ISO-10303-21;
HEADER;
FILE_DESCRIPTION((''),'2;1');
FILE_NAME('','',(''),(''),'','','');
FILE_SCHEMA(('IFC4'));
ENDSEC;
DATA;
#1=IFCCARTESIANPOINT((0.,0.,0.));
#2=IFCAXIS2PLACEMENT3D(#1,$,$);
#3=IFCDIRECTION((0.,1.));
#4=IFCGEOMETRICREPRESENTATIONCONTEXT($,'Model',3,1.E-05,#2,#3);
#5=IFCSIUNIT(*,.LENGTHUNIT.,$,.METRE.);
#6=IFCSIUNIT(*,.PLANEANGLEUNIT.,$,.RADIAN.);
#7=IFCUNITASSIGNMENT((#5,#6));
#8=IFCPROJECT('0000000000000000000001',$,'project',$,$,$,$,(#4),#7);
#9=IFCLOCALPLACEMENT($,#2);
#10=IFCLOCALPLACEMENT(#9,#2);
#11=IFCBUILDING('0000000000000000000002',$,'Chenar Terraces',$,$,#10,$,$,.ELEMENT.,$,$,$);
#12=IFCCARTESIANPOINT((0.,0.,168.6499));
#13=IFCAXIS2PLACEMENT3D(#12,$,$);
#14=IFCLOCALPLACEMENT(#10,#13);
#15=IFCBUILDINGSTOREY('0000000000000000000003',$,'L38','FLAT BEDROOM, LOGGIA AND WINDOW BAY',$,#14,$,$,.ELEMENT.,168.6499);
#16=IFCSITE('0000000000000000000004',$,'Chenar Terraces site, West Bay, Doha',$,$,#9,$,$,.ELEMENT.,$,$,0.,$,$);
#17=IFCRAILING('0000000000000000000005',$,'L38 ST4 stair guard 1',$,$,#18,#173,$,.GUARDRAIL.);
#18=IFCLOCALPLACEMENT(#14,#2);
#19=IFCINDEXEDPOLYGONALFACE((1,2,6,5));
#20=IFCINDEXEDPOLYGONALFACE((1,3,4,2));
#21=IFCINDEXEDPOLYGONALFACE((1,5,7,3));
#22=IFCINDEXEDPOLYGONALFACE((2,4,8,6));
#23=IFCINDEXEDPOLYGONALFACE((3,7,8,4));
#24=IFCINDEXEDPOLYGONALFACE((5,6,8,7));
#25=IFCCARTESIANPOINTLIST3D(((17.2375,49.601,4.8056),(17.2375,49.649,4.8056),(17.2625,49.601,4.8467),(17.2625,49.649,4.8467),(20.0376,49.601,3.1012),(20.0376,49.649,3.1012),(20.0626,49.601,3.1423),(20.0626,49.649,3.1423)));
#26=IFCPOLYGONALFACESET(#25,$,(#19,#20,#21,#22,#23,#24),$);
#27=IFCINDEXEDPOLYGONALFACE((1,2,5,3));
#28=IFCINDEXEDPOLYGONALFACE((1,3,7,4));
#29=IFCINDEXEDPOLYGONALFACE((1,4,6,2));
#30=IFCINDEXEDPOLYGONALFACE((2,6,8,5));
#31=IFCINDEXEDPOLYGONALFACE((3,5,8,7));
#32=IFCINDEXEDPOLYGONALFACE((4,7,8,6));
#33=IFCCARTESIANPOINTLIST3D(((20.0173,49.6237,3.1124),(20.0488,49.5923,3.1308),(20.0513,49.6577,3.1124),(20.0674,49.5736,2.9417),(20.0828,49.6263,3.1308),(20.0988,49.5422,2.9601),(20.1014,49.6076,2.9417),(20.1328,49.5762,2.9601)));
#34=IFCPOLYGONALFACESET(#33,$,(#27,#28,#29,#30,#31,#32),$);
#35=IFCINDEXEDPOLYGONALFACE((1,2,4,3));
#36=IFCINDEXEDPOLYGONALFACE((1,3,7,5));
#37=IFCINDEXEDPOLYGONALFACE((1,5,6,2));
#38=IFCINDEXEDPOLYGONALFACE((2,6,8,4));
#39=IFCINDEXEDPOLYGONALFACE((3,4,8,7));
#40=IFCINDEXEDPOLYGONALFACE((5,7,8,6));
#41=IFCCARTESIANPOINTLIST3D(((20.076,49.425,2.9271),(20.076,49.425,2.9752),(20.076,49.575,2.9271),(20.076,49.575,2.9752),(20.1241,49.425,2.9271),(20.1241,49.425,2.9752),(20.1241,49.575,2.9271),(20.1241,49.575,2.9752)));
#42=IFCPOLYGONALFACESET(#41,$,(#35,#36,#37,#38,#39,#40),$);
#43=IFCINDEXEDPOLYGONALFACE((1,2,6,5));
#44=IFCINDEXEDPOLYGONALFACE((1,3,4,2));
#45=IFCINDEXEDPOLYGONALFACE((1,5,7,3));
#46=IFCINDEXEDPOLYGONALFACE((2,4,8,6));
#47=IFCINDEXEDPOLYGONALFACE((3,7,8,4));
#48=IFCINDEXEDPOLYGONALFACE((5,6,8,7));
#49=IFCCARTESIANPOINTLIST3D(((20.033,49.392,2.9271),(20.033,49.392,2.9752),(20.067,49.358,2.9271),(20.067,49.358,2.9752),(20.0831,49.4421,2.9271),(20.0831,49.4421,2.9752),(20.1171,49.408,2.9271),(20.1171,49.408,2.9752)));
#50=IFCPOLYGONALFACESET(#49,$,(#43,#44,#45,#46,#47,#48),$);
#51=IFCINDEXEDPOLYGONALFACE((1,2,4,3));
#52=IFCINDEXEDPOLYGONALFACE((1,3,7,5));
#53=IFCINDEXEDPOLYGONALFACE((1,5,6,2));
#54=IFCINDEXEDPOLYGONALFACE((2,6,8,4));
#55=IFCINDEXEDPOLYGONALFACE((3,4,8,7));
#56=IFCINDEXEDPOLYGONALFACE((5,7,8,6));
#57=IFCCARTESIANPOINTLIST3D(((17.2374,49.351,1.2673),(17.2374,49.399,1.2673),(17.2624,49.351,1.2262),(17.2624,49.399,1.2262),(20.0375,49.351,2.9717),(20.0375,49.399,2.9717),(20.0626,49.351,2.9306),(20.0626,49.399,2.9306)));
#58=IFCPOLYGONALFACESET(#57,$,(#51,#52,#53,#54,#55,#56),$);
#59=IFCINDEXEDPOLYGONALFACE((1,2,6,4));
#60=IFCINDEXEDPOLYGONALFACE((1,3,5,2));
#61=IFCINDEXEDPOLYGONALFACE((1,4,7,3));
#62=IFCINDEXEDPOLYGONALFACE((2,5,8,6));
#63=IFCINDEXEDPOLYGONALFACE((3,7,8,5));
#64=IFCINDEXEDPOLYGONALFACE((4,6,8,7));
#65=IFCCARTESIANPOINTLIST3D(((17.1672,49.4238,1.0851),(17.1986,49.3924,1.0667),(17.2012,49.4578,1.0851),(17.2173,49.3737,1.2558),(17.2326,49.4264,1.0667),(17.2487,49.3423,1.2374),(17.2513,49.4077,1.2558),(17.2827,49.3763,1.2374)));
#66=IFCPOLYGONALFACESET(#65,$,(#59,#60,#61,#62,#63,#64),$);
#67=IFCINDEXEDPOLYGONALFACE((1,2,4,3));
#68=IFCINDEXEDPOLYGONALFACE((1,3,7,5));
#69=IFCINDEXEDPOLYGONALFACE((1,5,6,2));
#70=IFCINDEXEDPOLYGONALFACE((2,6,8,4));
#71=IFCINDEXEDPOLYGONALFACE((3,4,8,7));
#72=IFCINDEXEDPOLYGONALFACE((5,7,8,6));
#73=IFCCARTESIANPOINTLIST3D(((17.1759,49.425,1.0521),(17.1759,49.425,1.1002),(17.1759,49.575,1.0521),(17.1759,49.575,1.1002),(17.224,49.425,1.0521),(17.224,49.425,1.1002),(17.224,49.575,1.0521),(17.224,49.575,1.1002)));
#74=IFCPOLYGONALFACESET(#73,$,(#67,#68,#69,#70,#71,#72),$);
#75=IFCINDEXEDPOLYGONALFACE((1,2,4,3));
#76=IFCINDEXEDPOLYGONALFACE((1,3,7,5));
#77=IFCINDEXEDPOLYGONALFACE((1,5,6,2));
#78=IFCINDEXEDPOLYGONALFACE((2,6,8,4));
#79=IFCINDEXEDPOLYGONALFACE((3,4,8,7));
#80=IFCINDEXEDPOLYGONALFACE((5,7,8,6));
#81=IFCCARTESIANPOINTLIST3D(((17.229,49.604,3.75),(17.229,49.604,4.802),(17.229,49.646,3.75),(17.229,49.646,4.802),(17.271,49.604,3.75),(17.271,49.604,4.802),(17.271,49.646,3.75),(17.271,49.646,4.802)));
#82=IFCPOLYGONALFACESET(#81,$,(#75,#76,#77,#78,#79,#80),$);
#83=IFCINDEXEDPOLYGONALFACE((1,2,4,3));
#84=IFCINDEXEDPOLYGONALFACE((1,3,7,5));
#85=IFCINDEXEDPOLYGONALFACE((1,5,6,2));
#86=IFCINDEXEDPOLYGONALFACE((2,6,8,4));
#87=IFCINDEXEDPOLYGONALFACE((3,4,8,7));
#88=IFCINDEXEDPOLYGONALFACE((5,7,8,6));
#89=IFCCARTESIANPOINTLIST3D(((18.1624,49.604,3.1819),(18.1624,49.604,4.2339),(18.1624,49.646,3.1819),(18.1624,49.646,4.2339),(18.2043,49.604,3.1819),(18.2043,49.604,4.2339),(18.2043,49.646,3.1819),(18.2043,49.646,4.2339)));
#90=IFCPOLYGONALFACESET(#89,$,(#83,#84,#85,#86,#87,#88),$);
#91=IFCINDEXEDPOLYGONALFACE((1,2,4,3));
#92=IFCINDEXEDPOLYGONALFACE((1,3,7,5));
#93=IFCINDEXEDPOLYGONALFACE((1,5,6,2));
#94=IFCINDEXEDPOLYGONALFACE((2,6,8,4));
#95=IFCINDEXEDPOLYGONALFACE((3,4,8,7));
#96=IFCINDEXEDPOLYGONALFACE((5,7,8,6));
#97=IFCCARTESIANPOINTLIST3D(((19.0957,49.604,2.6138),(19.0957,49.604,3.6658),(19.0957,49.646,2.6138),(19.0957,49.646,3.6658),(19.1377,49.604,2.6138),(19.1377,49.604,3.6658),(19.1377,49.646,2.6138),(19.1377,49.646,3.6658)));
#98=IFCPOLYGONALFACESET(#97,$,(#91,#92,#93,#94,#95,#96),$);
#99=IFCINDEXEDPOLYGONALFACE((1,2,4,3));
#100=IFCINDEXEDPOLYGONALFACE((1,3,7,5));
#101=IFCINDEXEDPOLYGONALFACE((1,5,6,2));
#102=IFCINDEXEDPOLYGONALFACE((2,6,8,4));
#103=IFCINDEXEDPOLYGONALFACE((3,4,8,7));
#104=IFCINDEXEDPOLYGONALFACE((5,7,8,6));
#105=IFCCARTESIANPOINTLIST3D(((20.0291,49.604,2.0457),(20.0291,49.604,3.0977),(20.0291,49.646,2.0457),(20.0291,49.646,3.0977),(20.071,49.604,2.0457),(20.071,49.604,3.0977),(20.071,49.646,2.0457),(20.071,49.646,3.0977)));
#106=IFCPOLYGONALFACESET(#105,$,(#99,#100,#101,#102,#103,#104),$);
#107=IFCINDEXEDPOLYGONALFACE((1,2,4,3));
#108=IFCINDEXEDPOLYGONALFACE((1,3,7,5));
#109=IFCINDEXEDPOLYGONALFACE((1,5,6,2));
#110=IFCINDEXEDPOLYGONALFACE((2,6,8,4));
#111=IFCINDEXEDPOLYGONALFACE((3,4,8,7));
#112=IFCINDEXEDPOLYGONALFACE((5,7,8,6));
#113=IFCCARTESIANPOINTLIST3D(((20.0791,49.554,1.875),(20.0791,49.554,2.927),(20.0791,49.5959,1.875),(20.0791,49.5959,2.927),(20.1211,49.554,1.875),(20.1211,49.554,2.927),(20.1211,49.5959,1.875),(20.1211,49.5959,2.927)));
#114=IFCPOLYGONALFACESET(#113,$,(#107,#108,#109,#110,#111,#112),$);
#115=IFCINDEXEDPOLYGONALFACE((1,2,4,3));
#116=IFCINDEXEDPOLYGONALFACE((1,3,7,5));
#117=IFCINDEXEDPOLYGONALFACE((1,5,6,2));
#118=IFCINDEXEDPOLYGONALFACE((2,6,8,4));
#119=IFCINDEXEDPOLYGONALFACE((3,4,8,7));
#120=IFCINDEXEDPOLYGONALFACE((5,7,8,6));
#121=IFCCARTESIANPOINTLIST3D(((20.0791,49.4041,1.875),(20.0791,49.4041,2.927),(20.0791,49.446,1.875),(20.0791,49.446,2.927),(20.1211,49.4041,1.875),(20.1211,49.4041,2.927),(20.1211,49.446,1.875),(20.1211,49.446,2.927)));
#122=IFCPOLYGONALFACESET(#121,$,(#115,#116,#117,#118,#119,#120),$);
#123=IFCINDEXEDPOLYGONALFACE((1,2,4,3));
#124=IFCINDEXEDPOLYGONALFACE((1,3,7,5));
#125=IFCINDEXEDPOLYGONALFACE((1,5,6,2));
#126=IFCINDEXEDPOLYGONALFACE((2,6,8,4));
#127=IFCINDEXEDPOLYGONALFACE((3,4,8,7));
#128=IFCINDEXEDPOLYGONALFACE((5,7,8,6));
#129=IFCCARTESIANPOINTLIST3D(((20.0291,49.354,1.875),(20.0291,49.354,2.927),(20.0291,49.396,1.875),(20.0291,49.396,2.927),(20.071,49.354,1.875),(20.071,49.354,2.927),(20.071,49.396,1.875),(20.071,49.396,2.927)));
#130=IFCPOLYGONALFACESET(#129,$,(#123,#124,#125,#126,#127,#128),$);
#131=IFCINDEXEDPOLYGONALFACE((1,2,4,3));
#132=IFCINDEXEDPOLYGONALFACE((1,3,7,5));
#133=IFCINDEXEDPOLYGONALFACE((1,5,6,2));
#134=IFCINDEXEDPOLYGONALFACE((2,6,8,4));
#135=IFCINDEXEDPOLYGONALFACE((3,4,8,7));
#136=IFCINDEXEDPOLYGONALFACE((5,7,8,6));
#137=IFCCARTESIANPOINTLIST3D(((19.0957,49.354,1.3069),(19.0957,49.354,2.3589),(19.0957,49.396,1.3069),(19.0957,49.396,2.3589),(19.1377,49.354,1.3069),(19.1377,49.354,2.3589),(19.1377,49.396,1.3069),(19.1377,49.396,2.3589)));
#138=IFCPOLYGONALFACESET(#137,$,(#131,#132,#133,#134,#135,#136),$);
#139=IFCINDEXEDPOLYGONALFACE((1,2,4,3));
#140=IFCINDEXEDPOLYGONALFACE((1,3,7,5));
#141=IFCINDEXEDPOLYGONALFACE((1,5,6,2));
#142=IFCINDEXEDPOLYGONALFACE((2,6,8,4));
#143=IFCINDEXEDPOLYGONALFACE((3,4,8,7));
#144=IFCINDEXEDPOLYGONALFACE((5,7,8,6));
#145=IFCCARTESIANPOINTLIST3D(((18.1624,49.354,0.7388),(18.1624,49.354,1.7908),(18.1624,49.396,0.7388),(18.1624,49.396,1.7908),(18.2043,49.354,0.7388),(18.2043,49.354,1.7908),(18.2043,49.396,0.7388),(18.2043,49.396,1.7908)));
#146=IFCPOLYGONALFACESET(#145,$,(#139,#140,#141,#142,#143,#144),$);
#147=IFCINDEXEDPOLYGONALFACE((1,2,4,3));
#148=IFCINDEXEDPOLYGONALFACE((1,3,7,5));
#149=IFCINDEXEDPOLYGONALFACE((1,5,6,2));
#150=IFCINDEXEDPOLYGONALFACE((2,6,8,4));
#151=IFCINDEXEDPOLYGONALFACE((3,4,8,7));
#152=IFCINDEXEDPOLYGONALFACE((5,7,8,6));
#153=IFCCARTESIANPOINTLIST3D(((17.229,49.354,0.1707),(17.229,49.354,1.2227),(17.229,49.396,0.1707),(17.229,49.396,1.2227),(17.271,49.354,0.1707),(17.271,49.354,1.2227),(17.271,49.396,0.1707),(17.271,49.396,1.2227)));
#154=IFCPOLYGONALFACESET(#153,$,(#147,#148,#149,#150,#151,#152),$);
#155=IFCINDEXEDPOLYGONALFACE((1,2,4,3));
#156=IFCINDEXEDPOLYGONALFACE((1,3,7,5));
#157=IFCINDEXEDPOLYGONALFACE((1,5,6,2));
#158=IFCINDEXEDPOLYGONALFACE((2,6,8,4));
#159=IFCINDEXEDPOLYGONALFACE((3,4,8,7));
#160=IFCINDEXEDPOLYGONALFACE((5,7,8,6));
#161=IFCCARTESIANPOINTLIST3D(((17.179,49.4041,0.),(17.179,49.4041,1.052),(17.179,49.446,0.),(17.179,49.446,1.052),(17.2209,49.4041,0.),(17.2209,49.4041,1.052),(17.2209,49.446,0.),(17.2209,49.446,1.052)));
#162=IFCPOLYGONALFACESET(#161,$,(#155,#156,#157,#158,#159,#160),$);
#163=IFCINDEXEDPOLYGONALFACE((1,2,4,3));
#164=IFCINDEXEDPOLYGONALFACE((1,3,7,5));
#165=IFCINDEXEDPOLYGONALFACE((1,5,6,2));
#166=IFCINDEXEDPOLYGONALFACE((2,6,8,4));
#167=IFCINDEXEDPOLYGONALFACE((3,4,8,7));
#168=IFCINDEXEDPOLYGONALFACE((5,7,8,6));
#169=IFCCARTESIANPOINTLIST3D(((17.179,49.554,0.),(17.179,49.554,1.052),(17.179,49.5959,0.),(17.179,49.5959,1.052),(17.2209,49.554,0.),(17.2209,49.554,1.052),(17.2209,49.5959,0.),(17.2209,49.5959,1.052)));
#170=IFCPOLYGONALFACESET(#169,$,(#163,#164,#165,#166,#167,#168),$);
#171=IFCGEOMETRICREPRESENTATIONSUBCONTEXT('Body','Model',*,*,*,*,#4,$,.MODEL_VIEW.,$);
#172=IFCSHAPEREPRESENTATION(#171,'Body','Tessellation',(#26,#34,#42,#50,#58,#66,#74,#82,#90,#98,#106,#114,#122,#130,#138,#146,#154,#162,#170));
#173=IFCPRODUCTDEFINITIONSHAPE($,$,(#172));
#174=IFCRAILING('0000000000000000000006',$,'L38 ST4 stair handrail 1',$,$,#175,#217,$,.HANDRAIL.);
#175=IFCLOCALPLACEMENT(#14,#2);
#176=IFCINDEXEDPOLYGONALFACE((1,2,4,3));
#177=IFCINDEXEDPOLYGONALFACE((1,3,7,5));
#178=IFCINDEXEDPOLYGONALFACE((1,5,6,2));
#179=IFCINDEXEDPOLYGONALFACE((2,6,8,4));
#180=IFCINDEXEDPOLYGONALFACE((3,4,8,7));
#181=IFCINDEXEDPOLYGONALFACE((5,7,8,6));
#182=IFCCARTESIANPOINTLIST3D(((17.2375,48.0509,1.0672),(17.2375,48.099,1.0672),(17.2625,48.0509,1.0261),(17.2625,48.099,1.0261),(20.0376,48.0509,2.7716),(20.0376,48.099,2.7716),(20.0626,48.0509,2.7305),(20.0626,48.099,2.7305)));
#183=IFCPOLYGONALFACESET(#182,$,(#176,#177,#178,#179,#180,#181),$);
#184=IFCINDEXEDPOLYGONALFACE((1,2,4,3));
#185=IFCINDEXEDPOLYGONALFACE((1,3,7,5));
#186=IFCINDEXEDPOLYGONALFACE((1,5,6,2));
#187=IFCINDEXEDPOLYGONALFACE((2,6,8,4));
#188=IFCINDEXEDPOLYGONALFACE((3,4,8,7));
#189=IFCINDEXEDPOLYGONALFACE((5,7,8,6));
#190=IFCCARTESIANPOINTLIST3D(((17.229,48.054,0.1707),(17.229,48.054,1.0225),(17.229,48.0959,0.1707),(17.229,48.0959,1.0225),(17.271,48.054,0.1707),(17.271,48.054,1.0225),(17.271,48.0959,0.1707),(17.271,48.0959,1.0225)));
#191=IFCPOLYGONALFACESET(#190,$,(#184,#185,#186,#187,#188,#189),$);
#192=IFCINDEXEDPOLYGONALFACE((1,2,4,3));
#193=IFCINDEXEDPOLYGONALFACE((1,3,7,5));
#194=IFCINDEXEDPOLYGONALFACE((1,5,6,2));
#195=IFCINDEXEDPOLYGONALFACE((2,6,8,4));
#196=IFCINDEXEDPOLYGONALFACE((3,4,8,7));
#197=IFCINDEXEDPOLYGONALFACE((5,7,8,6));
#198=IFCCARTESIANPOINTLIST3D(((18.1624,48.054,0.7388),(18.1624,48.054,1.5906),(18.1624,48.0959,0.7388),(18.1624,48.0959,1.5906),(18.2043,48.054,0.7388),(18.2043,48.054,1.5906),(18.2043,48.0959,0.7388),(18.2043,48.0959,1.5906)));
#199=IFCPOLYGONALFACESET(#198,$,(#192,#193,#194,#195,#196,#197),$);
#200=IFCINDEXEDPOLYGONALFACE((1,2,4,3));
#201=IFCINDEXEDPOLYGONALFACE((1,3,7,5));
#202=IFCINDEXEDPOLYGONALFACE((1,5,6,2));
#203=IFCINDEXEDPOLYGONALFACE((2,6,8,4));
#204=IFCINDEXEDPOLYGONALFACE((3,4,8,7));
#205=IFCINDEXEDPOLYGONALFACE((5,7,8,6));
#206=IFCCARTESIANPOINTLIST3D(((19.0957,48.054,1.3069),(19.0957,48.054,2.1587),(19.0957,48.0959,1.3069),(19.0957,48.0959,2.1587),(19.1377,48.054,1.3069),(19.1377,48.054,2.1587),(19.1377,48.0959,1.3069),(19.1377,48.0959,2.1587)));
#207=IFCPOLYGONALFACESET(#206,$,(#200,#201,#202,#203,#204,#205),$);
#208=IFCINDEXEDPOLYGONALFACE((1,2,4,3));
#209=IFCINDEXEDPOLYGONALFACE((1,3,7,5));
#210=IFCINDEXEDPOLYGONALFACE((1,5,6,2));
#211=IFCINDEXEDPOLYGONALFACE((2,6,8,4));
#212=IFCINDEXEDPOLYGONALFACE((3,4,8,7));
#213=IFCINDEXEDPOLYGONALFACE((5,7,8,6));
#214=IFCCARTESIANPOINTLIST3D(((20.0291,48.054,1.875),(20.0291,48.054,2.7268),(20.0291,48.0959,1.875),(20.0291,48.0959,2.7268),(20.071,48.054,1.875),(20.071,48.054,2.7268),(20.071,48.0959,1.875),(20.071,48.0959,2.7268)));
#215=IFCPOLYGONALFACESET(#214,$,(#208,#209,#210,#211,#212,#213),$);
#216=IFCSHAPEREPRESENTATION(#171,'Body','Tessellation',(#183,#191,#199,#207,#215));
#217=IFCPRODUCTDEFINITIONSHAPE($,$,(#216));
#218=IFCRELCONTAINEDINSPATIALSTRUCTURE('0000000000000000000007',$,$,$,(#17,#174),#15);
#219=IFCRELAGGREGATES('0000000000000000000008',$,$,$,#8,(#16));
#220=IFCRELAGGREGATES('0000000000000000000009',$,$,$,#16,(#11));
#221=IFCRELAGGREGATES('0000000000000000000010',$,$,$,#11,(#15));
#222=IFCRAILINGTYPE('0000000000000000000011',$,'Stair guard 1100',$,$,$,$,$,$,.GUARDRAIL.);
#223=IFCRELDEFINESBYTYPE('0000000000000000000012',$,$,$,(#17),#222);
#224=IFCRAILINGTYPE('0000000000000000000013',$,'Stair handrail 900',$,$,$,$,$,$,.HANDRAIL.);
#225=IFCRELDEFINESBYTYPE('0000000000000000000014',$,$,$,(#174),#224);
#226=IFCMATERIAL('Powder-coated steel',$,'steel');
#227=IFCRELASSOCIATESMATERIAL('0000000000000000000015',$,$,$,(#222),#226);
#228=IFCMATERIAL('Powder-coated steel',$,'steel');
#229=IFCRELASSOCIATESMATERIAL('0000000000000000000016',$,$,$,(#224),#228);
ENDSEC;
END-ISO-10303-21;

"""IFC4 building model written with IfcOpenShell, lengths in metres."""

from ifc_helpers import new_model, si_unit, direction, frame, origin, origin_2d, place, context, subcontext, project, spatial, rectangle, extrude, material, type_object, element, save


model = new_model("IFC4")

# Units and contexts
model_context = context("Model", 3, precision=1e-05, world=origin(), true_north=direction((0.0, 1.0)))
body_context = subcontext(model_context, "Body", "Model", "MODEL_VIEW")
ifc_project = project(units=[si_unit("LENGTHUNIT", "METRE"), si_unit("PLANEANGLEUNIT", "RADIAN")], contexts=[model_context])

# Site, building, storey
site_placement = place(None, origin())
site = spatial("IfcSite", under=ifc_project, at=site_placement, Name="Chenar Terraces site, West Bay, Doha", CompositionType="ELEMENT", RefElevation=0.0)
building_placement = place(site_placement, origin())
building = spatial("IfcBuilding", under=site, at=building_placement, Name="Chenar Terraces", CompositionType="ELEMENT")
storey_placement = place(building_placement, frame((0.0, 0.0, 168.6499)))
storey = spatial("IfcBuildingStorey", under=building, at=storey_placement, Name="L38", Description="FLAT BEDROOM, LOGGIA AND WINDOW BAY", CompositionType="ELEMENT", Elevation=168.6499)

# Railings
ifc_material_1 = material(Name="Powder-coated steel", Category="steel")
railing_type_1 = type_object("IfcRailingType", Name="Stair guard 1100", PredefinedType="GUARDRAIL", material=ifc_material_1)
railing_1_placement = place(storey_placement, frame((17.25, 49.625, 3.75)))
element("IfcRailing", 1, at=railing_1_placement, inside=storey, type_object=railing_type_1, Name="L38 ST4 stair guard 1", PredefinedType="GUARDRAIL", context=body_context, shape_type="SweptSolid", body=[
    extrude(rectangle(XDim=0.0481, YDim=0.0481, at=origin_2d()), frame((0.0, 0.0, 1.0762), z_axis=(0.854203, 0.0, -0.51994), x_axis=(0.0, 1.0, 0.0)), (0.0, 0.0, 1.0), 3.2781),
    extrude(rectangle(XDim=0.0481, YDim=0.0481, at=origin_2d()), frame((2.8, 0.0, -0.6284), z_axis=(0.2709, -0.2709, -0.923703), x_axis=(0.707107, 0.707107, 0.0)), (0.0, 0.0, 1.0), 0.1848),
    extrude(rectangle(XDim=0.0481, YDim=0.0481, at=origin_2d()), frame((2.8501, -0.05, -0.7988), z_axis=(0.0, -1.0, 0.0), x_axis=(1.0, 0.0, 0.0)), (0.0, 0.0, 1.0), 0.1499),
    extrude(rectangle(XDim=0.0481, YDim=0.0481, at=origin_2d()), frame((2.8501, -0.2, -0.7988), z_axis=(-0.707107, -0.707107, 0.0), x_axis=(0.707107, -0.707107, 0.0)), (0.0, 0.0, 1.0), 0.0708),
    extrude(rectangle(XDim=0.0481, YDim=0.0481, at=origin_2d()), frame((2.8, -0.25, -0.7988), z_axis=(-0.854203, 0.0, -0.51994), x_axis=(0.0, -1.0, 0.0)), (0.0, 0.0, 1.0), 3.2781),
    extrude(rectangle(XDim=0.0481, YDim=0.0481, at=origin_2d()), frame((0.0, -0.25, -2.5034), z_axis=(-0.2709, 0.2709, -0.923703), x_axis=(-0.707107, -0.707107, 0.0)), (0.0, 0.0, 1.0), 0.1848),
    extrude(rectangle(XDim=0.0481, YDim=0.0481, at=origin_2d()), frame((-0.05, -0.2, -2.6738), z_axis=(0.0, 1.0, 0.0), x_axis=(-1.0, 0.0, 0.0)), (0.0, 0.0, 1.0), 0.1499),
    extrude(rectangle(XDim=0.042, YDim=0.042, at=origin_2d()), origin(), (0.0, 0.0, 1.0), 1.052),
    extrude(rectangle(XDim=0.042, YDim=0.042, at=origin_2d()), frame((0.9333, 0.0, -0.5681)), (0.0, 0.0, 1.0), 1.052),
    extrude(rectangle(XDim=0.042, YDim=0.042, at=origin_2d()), frame((1.8667, 0.0, -1.1362)), (0.0, 0.0, 1.0), 1.052),
    extrude(rectangle(XDim=0.042, YDim=0.042, at=origin_2d()), frame((2.8, 0.0, -1.7043)), (0.0, 0.0, 1.0), 1.052),
    extrude(rectangle(XDim=0.042, YDim=0.042, at=origin_2d()), frame((2.8501, -0.05, -1.875)), (0.0, 0.0, 1.0), 1.052),
    extrude(rectangle(XDim=0.042, YDim=0.042, at=origin_2d()), frame((2.8501, -0.2, -1.875)), (0.0, 0.0, 1.0), 1.052),
    extrude(rectangle(XDim=0.042, YDim=0.042, at=origin_2d()), frame((2.8, -0.25, -1.875)), (0.0, 0.0, 1.0), 1.052),
    extrude(rectangle(XDim=0.042, YDim=0.042, at=origin_2d()), frame((1.8667, -0.25, -2.4431)), (0.0, 0.0, 1.0), 1.052),
    extrude(rectangle(XDim=0.042, YDim=0.042, at=origin_2d()), frame((0.9333, -0.25, -3.0112)), (0.0, 0.0, 1.0), 1.052),
    extrude(rectangle(XDim=0.042, YDim=0.042, at=origin_2d()), frame((0.0, -0.25, -3.5793)), (0.0, 0.0, 1.0), 1.052),
    extrude(rectangle(XDim=0.042, YDim=0.042, at=origin_2d()), frame((-0.05, -0.2, -3.75)), (0.0, 0.0, 1.0), 1.052),
    extrude(rectangle(XDim=0.042, YDim=0.042, at=origin_2d()), frame((-0.05, -0.05, -3.75)), (0.0, 0.0, 1.0), 1.052),
])
ifc_material_2 = material(Name="Powder-coated steel", Category="steel")
railing_type_2 = type_object("IfcRailingType", Name="Stair handrail 900", PredefinedType="HANDRAIL", material=ifc_material_2)
railing_2_placement = place(storey_placement, frame((17.25, 48.075, 0.1707)))
element("IfcRailing", 2, at=railing_2_placement, inside=storey, type_object=railing_type_2, Name="L38 ST4 stair handrail 1", PredefinedType="HANDRAIL", context=body_context, shape_type="SweptSolid", body=[
    extrude(rectangle(XDim=0.0481, YDim=0.0481, at=origin_2d()), frame((0.0, 0.0, 0.876), z_axis=(0.854203, 0.0, 0.51994), x_axis=(0.0, 1.0, 0.0)), (0.0, 0.0, 1.0), 3.2781),
    extrude(rectangle(XDim=0.042, YDim=0.042, at=origin_2d()), origin(), (0.0, 0.0, 1.0), 0.8518),
    extrude(rectangle(XDim=0.042, YDim=0.042, at=origin_2d()), frame((0.9333, 0.0, 0.5681)), (0.0, 0.0, 1.0), 0.8518),
    extrude(rectangle(XDim=0.042, YDim=0.042, at=origin_2d()), frame((1.8667, 0.0, 1.1362)), (0.0, 0.0, 1.0), 0.8518),
    extrude(rectangle(XDim=0.042, YDim=0.042, at=origin_2d()), frame((2.8, 0.0, 1.7043)), (0.0, 0.0, 1.0), 0.8518),
])

save(model, "model.ifc")
